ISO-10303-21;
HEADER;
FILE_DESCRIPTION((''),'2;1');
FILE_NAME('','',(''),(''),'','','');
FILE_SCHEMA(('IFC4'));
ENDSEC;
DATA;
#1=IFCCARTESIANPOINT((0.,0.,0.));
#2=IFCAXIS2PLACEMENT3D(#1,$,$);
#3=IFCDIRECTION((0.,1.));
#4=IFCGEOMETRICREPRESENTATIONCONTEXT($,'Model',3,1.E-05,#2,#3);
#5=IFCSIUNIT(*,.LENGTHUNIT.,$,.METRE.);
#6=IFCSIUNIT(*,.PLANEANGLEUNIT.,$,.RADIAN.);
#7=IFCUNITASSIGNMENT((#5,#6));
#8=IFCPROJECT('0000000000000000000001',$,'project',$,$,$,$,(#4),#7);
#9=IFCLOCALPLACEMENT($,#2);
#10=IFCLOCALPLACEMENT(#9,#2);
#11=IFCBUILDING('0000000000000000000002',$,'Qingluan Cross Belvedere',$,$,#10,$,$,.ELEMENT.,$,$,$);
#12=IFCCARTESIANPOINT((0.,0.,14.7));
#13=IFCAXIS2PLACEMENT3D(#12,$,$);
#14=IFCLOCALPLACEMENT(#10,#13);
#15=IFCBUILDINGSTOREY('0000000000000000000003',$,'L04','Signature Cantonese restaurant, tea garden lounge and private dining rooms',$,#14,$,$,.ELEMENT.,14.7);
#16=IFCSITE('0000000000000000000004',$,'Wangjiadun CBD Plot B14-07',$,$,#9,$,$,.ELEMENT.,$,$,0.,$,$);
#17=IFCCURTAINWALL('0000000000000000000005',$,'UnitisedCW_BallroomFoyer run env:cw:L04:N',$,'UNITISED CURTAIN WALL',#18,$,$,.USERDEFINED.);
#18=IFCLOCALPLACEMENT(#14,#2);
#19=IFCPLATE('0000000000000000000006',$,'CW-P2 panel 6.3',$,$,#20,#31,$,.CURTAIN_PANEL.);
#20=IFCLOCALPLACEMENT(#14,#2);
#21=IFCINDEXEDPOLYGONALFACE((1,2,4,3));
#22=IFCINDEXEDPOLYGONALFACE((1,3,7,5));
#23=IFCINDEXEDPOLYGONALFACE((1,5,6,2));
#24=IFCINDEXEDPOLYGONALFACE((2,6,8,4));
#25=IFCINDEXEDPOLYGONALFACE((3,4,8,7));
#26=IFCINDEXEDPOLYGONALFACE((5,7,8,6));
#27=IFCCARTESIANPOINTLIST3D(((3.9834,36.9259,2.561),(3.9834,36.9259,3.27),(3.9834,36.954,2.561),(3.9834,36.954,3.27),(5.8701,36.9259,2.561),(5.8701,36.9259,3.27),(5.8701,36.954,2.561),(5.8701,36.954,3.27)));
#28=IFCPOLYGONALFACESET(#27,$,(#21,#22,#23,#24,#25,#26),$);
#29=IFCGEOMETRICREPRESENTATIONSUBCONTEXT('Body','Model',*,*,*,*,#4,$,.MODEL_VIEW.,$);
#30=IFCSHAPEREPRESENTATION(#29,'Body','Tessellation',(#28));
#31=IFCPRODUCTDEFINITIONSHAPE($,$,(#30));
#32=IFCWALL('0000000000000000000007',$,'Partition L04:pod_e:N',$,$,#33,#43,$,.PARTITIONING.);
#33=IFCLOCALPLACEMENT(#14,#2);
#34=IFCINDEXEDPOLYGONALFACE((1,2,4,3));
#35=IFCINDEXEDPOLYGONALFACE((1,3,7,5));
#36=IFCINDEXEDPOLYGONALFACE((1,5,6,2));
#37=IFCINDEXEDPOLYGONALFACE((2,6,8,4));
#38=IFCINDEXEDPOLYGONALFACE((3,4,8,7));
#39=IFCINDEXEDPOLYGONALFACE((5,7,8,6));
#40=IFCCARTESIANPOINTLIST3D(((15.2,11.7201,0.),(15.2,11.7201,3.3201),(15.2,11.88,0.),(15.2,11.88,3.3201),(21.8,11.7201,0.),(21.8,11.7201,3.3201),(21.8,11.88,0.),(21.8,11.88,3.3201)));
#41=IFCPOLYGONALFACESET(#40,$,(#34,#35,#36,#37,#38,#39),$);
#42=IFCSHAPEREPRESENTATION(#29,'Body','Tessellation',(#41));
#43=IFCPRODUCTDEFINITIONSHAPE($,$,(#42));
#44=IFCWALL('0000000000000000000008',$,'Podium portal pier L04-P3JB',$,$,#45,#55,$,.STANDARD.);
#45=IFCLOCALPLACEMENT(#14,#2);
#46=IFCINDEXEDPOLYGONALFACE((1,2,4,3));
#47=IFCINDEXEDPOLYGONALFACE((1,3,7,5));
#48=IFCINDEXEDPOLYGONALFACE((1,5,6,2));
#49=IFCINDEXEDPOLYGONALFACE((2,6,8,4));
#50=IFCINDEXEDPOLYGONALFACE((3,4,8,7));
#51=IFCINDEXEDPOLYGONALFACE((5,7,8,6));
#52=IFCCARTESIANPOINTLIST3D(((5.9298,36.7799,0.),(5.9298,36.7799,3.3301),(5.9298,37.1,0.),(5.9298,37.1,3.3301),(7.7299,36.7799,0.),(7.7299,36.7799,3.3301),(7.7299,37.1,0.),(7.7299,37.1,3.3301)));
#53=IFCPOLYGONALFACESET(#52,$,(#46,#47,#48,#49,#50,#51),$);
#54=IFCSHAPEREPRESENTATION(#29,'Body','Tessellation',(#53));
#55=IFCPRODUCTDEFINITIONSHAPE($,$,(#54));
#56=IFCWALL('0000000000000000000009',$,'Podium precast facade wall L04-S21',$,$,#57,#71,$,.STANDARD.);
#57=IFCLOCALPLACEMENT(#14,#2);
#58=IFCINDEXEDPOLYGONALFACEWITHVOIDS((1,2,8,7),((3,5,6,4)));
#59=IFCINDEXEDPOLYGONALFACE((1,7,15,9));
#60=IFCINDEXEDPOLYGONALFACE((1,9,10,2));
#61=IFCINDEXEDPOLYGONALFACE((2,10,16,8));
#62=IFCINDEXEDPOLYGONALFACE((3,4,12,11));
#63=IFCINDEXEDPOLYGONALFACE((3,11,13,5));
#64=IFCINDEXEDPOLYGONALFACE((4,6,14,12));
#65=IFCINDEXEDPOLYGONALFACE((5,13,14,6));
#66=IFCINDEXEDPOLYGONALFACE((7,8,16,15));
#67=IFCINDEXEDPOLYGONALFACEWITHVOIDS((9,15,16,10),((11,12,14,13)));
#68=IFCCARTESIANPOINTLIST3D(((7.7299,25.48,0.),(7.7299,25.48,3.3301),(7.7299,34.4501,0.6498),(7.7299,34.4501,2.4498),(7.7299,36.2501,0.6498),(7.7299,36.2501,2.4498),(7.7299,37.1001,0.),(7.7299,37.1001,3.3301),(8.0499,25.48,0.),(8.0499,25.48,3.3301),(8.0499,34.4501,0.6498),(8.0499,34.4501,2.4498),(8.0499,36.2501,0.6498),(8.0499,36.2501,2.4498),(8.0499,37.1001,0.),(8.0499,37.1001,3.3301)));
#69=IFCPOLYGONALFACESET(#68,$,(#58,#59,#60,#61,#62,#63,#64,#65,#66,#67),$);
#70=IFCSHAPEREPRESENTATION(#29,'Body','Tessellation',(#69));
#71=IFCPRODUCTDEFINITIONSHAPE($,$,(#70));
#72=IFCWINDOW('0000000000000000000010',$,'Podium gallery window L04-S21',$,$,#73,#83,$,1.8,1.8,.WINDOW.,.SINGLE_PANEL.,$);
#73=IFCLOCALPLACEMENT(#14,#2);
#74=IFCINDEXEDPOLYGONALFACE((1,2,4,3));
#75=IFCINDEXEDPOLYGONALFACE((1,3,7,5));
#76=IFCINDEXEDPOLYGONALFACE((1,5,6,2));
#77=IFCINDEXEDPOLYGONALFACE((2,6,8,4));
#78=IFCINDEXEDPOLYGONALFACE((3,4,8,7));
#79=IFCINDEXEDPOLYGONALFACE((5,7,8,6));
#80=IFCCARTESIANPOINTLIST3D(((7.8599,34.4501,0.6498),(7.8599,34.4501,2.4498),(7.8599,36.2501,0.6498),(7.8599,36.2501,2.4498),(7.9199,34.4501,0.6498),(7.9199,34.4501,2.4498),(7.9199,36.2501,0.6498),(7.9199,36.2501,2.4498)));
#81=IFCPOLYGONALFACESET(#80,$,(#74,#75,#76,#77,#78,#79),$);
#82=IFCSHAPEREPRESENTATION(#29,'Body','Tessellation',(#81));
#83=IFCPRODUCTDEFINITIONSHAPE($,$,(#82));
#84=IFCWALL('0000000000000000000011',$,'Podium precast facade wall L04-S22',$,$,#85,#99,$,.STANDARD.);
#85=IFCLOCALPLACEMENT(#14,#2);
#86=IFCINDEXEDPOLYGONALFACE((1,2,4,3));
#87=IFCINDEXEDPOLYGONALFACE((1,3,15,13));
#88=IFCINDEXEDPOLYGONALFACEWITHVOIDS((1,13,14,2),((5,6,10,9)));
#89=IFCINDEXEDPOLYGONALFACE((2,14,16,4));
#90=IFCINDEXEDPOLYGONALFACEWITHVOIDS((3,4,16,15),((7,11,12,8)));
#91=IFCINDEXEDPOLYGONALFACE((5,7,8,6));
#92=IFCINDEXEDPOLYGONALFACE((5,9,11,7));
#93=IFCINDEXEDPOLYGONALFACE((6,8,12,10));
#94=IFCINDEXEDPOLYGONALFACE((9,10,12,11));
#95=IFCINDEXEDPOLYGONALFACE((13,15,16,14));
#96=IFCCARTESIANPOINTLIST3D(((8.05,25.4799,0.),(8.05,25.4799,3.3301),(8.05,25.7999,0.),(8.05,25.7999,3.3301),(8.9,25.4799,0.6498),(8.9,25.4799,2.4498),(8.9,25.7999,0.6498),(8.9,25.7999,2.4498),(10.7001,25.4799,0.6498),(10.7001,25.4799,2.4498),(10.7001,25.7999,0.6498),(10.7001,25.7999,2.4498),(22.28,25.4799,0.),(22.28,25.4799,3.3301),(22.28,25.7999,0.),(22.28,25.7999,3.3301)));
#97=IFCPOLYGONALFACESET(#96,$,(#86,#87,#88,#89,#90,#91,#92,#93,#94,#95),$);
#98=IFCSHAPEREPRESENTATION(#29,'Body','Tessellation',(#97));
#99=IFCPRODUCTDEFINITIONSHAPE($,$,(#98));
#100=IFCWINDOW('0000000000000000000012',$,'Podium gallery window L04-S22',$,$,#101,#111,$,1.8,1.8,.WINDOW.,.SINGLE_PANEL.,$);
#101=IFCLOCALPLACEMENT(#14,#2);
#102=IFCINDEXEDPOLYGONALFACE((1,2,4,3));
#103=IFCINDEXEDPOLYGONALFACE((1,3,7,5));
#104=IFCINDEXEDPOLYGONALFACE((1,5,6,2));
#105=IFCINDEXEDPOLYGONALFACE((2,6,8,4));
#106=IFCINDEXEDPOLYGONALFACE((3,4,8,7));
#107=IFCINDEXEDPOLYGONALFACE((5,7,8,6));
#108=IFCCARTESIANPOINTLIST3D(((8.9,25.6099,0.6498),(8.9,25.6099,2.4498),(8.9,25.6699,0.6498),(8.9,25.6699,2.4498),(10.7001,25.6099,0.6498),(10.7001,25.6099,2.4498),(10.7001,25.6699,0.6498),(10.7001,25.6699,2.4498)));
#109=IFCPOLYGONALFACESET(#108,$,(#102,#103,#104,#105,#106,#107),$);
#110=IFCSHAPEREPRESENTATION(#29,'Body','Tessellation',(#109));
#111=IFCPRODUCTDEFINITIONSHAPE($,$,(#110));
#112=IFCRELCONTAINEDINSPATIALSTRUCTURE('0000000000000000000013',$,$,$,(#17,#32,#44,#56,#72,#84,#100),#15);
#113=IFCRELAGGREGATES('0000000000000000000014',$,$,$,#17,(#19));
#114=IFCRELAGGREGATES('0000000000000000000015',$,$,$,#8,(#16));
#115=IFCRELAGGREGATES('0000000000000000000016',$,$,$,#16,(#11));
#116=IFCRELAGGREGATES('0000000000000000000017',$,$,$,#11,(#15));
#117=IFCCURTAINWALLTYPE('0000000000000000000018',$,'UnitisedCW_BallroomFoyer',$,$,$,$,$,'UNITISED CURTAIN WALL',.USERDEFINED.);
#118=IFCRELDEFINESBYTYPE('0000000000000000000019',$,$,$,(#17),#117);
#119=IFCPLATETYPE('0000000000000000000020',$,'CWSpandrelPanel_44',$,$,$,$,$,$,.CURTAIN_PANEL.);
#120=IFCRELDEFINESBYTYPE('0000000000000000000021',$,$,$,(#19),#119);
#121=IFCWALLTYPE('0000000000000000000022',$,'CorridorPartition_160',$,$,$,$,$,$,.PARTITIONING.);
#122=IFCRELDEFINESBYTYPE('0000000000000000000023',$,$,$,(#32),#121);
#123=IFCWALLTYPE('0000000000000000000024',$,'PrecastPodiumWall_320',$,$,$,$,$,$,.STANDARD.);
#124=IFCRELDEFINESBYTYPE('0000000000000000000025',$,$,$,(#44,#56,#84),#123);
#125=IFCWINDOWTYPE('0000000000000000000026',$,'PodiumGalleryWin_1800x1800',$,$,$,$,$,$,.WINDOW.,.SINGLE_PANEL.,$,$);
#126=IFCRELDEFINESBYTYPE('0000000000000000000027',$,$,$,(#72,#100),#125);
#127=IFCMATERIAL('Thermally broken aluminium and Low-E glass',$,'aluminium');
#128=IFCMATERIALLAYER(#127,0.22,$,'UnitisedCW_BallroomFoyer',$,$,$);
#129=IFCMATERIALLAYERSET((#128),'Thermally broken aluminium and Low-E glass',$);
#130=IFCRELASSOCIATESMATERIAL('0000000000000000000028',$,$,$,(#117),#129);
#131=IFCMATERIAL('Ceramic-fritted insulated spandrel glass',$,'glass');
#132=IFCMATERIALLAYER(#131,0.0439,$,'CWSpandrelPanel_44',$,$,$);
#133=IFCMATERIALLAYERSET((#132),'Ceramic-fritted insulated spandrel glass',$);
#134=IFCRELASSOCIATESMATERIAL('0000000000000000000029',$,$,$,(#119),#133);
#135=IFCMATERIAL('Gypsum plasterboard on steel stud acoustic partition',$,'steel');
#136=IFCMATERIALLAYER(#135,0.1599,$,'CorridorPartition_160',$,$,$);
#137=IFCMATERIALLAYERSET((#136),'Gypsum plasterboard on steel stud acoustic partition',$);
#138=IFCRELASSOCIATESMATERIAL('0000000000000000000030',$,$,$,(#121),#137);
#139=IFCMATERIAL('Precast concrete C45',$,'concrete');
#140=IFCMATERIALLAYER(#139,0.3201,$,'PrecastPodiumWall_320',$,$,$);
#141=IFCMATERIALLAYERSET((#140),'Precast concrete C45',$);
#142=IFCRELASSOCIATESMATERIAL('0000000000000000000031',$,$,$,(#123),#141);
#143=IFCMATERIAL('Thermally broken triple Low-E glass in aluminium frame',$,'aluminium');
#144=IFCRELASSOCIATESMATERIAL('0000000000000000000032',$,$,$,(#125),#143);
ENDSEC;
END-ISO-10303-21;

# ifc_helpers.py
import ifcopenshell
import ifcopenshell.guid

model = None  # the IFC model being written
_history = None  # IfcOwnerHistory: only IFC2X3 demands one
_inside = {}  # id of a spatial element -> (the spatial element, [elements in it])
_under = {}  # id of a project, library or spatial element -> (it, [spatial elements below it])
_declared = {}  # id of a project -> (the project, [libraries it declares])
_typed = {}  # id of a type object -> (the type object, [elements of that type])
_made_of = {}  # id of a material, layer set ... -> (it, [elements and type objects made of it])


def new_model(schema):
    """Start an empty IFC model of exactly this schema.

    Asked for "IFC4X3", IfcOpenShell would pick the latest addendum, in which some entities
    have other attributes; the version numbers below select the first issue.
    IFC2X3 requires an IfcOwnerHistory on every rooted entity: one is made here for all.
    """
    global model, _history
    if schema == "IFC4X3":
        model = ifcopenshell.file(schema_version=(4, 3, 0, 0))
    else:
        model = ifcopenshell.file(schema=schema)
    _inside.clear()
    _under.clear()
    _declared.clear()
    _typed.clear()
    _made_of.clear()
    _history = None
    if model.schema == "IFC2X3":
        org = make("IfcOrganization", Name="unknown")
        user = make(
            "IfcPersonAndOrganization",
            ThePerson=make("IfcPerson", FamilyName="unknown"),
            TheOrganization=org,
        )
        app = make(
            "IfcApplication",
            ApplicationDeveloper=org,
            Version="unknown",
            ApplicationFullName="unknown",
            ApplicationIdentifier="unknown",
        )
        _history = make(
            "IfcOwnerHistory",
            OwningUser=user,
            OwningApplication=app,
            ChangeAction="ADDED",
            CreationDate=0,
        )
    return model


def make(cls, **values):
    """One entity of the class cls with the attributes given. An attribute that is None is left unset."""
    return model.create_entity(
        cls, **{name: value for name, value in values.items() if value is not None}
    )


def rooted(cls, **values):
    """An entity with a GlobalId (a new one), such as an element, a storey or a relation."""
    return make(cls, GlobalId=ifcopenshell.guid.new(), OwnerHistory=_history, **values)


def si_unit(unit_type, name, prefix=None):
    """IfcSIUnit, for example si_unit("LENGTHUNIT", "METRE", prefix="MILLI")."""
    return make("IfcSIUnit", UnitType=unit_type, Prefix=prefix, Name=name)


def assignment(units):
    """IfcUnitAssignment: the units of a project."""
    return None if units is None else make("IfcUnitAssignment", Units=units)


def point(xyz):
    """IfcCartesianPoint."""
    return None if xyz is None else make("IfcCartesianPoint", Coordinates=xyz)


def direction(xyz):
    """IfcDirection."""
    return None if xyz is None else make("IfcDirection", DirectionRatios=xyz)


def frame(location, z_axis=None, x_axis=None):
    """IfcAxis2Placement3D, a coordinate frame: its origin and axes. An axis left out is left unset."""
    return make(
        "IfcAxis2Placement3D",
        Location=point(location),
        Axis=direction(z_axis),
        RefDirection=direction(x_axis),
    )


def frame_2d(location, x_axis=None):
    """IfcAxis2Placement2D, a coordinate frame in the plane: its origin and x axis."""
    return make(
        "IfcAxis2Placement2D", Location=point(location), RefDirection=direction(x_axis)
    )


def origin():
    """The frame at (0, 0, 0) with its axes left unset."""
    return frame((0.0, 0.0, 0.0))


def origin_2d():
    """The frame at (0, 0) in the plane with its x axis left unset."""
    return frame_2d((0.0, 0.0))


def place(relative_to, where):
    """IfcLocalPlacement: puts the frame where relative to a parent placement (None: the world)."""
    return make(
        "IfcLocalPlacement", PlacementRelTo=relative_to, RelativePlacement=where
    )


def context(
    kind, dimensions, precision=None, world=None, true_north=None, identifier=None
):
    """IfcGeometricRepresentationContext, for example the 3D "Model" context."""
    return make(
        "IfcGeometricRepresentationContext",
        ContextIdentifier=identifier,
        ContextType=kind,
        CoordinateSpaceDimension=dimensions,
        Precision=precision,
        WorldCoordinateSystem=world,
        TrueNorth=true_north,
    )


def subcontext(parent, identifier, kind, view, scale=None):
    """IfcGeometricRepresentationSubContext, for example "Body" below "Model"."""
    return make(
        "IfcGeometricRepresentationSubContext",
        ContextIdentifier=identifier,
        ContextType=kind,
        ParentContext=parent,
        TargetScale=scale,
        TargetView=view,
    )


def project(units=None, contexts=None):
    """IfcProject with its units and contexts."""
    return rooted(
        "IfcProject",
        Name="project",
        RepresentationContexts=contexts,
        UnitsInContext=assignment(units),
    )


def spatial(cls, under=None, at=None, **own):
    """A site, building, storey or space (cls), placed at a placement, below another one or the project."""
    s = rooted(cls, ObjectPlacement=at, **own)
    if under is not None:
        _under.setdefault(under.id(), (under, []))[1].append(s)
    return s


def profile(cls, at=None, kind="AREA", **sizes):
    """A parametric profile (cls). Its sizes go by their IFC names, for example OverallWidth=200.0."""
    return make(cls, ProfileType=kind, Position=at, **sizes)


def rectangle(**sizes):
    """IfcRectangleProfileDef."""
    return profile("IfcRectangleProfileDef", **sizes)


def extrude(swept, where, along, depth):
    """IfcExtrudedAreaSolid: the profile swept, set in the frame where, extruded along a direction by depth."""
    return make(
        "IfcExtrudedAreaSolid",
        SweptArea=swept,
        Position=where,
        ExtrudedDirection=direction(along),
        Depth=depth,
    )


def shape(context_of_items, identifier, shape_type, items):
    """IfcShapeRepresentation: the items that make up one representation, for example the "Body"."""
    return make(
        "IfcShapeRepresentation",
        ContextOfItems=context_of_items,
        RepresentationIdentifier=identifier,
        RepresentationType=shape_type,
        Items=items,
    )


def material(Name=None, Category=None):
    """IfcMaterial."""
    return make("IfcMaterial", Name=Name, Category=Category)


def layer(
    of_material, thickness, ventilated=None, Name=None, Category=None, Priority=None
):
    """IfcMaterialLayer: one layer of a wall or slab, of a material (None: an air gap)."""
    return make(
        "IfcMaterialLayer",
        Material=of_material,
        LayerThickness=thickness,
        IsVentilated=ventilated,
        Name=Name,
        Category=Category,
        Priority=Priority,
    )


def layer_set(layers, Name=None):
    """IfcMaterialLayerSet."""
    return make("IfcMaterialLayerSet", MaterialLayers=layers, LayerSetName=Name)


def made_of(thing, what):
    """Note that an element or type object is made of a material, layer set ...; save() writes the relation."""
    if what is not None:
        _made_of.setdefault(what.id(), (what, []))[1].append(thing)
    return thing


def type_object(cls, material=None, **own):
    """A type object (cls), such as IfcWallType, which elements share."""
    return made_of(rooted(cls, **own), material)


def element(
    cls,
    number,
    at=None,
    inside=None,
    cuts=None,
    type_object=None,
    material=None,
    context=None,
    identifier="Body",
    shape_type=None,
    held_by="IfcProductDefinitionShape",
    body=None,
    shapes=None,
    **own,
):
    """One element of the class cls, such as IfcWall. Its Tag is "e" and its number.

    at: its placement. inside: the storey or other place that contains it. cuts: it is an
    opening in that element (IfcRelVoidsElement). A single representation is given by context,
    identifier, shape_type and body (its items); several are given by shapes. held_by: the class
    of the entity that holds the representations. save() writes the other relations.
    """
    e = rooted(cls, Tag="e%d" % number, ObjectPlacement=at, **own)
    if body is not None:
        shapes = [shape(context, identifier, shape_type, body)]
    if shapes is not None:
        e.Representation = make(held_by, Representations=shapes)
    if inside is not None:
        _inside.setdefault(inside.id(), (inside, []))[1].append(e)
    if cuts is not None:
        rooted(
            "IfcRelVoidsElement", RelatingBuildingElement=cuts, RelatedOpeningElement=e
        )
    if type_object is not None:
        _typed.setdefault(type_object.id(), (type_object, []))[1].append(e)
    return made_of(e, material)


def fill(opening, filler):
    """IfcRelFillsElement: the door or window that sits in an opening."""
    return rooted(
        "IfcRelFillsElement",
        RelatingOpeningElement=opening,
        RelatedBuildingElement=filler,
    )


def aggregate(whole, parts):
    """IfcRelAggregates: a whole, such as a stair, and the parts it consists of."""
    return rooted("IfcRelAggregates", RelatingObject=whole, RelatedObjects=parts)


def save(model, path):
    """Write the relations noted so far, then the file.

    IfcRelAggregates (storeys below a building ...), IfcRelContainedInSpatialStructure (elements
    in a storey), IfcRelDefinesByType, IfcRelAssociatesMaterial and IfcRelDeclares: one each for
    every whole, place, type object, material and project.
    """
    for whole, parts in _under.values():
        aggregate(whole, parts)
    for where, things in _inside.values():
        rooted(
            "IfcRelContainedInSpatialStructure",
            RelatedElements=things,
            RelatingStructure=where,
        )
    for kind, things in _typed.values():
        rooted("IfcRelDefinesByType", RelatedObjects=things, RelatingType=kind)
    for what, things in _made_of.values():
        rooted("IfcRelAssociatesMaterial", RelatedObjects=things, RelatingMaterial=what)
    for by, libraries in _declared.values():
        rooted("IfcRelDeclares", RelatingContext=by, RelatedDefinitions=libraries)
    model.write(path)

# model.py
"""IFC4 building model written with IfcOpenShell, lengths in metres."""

from ifc_helpers import new_model, si_unit, direction, frame, frame_2d, origin, origin_2d, place, context, subcontext, project, spatial, rectangle, extrude, material, layer, layer_set, type_object, element, fill, aggregate, save


model = new_model("IFC4")

# Units and contexts
model_context = context("Model", 3, precision=1e-05, world=origin(), true_north=direction((0.0, 1.0)))
body_context = subcontext(model_context, "Body", "Model", "MODEL_VIEW")
ifc_project = project(units=[si_unit("LENGTHUNIT", "METRE"), si_unit("PLANEANGLEUNIT", "RADIAN")], contexts=[model_context])

# Site, building, storey
site_placement = place(None, origin())
site = spatial("IfcSite", under=ifc_project, at=site_placement, Name="Wangjiadun CBD Plot B14-07", CompositionType="ELEMENT", RefElevation=0.0)
building_placement = place(site_placement, origin())
building = spatial("IfcBuilding", under=site, at=building_placement, Name="Qingluan Cross Belvedere", CompositionType="ELEMENT")
storey_placement = place(building_placement, frame((0.0, 0.0, 14.7)))
storey = spatial("IfcBuildingStorey", under=building, at=storey_placement, Name="L04", Description="Signature Cantonese restaurant, tea garden lounge and private dining rooms", CompositionType="ELEMENT", Elevation=14.7)

# Curtain wall
ifc_material_1 = material(Name="Thermally broken aluminium and Low-E glass", Category="aluminium")
ifc_layer_1 = layer(ifc_material_1, 0.22, Name="UnitisedCW_BallroomFoyer")
ifc_layer_set_1 = layer_set([ifc_layer_1], Name="Thermally broken aluminium and Low-E glass")
curtain_wall_type = type_object("IfcCurtainWallType", Name="UnitisedCW_BallroomFoyer", ElementType="UNITISED CURTAIN WALL", PredefinedType="USERDEFINED", material=ifc_layer_set_1)
curtain_wall_placement = place(storey_placement, origin())
curtain_wall = element("IfcCurtainWall", 1, at=curtain_wall_placement, inside=storey, type_object=curtain_wall_type, Name="UnitisedCW_BallroomFoyer run env:cw:L04:N", ObjectType="UNITISED CURTAIN WALL", PredefinedType="USERDEFINED")

# Plate
ifc_material_2 = material(Name="Ceramic-fritted insulated spandrel glass", Category="glass")
ifc_layer_2 = layer(ifc_material_2, 0.0439, Name="CWSpandrelPanel_44")
ifc_layer_set_2 = layer_set([ifc_layer_2], Name="Ceramic-fritted insulated spandrel glass")
plate_type = type_object("IfcPlateType", Name="CWSpandrelPanel_44", PredefinedType="CURTAIN_PANEL", material=ifc_layer_set_2)
plate_placement = place(storey_placement, frame((4.9268, 36.9399, 2.561), z_axis=(0.0, 0.0, 1.0), x_axis=(1.0, 0.0, 0.0)))
plate = element("IfcPlate", 2, at=plate_placement, type_object=plate_type, Name="CW-P2 panel 6.3", PredefinedType="CURTAIN_PANEL", context=body_context, shape_type="SweptSolid", body=[
    extrude(rectangle(XDim=1.8867, YDim=0.0281, at=origin_2d()), origin(), (0.0, 0.0, 1.0), 0.709),
])
aggregate(curtain_wall, [plate])

# Walls
ifc_material_3 = material(Name="Gypsum plasterboard on steel stud acoustic partition", Category="steel")
ifc_layer_3 = layer(ifc_material_3, 0.1599, Name="CorridorPartition_160")
ifc_layer_set_3 = layer_set([ifc_layer_3], Name="Gypsum plasterboard on steel stud acoustic partition")
wall_type_1 = type_object("IfcWallType", Name="CorridorPartition_160", PredefinedType="PARTITIONING", material=ifc_layer_set_3)
wall_1_placement = place(storey_placement, frame((15.2, 11.8, 0.0), z_axis=(0.0, 0.0, 1.0), x_axis=(1.0, 0.0, 0.0)))
element("IfcWall", 3, at=wall_1_placement, inside=storey, type_object=wall_type_1, Name="Partition L04:pod_e:N", PredefinedType="PARTITIONING", context=body_context, shape_type="SweptSolid", body=[
    extrude(rectangle(XDim=6.6001, YDim=0.1599, at=frame_2d((3.3, 0.0))), origin(), (0.0, 0.0, 1.0), 3.3201),
])
ifc_material_4 = material(Name="Precast concrete C45", Category="concrete")
ifc_layer_4 = layer(ifc_material_4, 0.3201, Name="PrecastPodiumWall_320")
ifc_layer_set_4 = layer_set([ifc_layer_4], Name="Precast concrete C45")
wall_type_2 = type_object("IfcWallType", Name="PrecastPodiumWall_320", PredefinedType="STANDARD", material=ifc_layer_set_4)
wall_2_placement = place(storey_placement, frame((5.9299, 36.9399, 0.0), z_axis=(0.0, 0.0, 1.0), x_axis=(1.0, 0.0, 0.0)))
element("IfcWall", 4, at=wall_2_placement, inside=storey, type_object=wall_type_2, Name="Podium portal pier L04-P3JB", PredefinedType="STANDARD", context=body_context, shape_type="SweptSolid", body=[
    extrude(rectangle(XDim=1.8, YDim=0.3201, at=frame_2d((0.8999, 0.0))), origin(), (0.0, 0.0, 1.0), 3.3301),
])

# Walls, openings, windows
wall_3_placement = place(storey_placement, frame((7.8899, 37.1001, 0.0), z_axis=(0.0, 0.0, 1.0), x_axis=(0.0, -1.0, 0.0)))
wall_3 = element("IfcWall", 5, at=wall_3_placement, inside=storey, type_object=wall_type_2, Name="Podium precast facade wall L04-S21", PredefinedType="STANDARD", context=body_context, shape_type="SweptSolid", body=[
    extrude(rectangle(XDim=11.6201, YDim=0.3201, at=frame_2d((5.8101, 0.0))), origin(), (0.0, 0.0, 1.0), 3.3301),
])
opening_1_placement = place(wall_3_placement, frame((0.8501, 0.0, 0.6499)))
opening_1 = element("IfcOpeningElement", 6, at=opening_1_placement, cuts=wall_3, PredefinedType="OPENING", context=body_context, shape_type="SweptSolid", body=[
    extrude(rectangle(XDim=1.8, YDim=1.8, at=frame_2d((0.8999, 0.8999))), frame((0.0, 0.1699, 0.0), z_axis=(0.0, -1.0, 0.0), x_axis=(1.0, 0.0, 0.0)), (0.0, 0.0, 1.0), 0.3401),
])
ifc_material_5 = material(Name="Thermally broken triple Low-E glass in aluminium frame", Category="aluminium")
window_type = type_object("IfcWindowType", Name="PodiumGalleryWin_1800x1800", PartitioningType="SINGLE_PANEL", PredefinedType="WINDOW", material=ifc_material_5)
window_1_placement = place(opening_1_placement, origin())
window_1 = element("IfcWindow", 7, at=window_1_placement, inside=storey, type_object=window_type, Name="Podium gallery window L04-S21", OverallHeight=1.8, OverallWidth=1.8, PartitioningType="SINGLE_PANEL", PredefinedType="WINDOW", context=body_context, shape_type="SweptSolid", body=[
    extrude(rectangle(XDim=1.8, YDim=1.8, at=frame_2d((0.8999, 0.8999))), frame((0.0, 0.03, 0.0), z_axis=(0.0, -1.0, 0.0), x_axis=(1.0, 0.0, 0.0)), (0.0, 0.0, 1.0), 0.0601),
])
fill(opening_1, window_1)
wall_4_placement = place(storey_placement, frame((8.05, 25.6399, 0.0), z_axis=(0.0, 0.0, 1.0), x_axis=(1.0, 0.0, 0.0)))
wall_4 = element("IfcWall", 8, at=wall_4_placement, inside=storey, type_object=wall_type_2, Name="Podium precast facade wall L04-S22", PredefinedType="STANDARD", context=body_context, shape_type="SweptSolid", body=[
    extrude(rectangle(XDim=14.23, YDim=0.3201, at=frame_2d((7.115, 0.0))), origin(), (0.0, 0.0, 1.0), 3.3301),
])
opening_2_placement = place(wall_4_placement, frame((0.8501, 0.0, 0.6499)))
opening_2 = element("IfcOpeningElement", 9, at=opening_2_placement, cuts=wall_4, PredefinedType="OPENING", context=body_context, shape_type="SweptSolid", body=[
    extrude(rectangle(XDim=1.8, YDim=1.8, at=frame_2d((0.8999, 0.8999))), frame((0.0, 0.1699, 0.0), z_axis=(0.0, -1.0, 0.0), x_axis=(1.0, 0.0, 0.0)), (0.0, 0.0, 1.0), 0.3401),
])
window_2_placement = place(opening_2_placement, origin())
window_2 = element("IfcWindow", 10, at=window_2_placement, inside=storey, type_object=window_type, Name="Podium gallery window L04-S22", OverallHeight=1.8, OverallWidth=1.8, PartitioningType="SINGLE_PANEL", PredefinedType="WINDOW", context=body_context, shape_type="SweptSolid", body=[
    extrude(rectangle(XDim=1.8, YDim=1.8, at=frame_2d((0.8999, 0.8999))), frame((0.0, 0.03, 0.0), z_axis=(0.0, -1.0, 0.0), x_axis=(1.0, 0.0, 0.0)), (0.0, 0.0, 1.0), 0.0601),
])
fill(opening_2, window_2)

save(model, "model.ifc")
